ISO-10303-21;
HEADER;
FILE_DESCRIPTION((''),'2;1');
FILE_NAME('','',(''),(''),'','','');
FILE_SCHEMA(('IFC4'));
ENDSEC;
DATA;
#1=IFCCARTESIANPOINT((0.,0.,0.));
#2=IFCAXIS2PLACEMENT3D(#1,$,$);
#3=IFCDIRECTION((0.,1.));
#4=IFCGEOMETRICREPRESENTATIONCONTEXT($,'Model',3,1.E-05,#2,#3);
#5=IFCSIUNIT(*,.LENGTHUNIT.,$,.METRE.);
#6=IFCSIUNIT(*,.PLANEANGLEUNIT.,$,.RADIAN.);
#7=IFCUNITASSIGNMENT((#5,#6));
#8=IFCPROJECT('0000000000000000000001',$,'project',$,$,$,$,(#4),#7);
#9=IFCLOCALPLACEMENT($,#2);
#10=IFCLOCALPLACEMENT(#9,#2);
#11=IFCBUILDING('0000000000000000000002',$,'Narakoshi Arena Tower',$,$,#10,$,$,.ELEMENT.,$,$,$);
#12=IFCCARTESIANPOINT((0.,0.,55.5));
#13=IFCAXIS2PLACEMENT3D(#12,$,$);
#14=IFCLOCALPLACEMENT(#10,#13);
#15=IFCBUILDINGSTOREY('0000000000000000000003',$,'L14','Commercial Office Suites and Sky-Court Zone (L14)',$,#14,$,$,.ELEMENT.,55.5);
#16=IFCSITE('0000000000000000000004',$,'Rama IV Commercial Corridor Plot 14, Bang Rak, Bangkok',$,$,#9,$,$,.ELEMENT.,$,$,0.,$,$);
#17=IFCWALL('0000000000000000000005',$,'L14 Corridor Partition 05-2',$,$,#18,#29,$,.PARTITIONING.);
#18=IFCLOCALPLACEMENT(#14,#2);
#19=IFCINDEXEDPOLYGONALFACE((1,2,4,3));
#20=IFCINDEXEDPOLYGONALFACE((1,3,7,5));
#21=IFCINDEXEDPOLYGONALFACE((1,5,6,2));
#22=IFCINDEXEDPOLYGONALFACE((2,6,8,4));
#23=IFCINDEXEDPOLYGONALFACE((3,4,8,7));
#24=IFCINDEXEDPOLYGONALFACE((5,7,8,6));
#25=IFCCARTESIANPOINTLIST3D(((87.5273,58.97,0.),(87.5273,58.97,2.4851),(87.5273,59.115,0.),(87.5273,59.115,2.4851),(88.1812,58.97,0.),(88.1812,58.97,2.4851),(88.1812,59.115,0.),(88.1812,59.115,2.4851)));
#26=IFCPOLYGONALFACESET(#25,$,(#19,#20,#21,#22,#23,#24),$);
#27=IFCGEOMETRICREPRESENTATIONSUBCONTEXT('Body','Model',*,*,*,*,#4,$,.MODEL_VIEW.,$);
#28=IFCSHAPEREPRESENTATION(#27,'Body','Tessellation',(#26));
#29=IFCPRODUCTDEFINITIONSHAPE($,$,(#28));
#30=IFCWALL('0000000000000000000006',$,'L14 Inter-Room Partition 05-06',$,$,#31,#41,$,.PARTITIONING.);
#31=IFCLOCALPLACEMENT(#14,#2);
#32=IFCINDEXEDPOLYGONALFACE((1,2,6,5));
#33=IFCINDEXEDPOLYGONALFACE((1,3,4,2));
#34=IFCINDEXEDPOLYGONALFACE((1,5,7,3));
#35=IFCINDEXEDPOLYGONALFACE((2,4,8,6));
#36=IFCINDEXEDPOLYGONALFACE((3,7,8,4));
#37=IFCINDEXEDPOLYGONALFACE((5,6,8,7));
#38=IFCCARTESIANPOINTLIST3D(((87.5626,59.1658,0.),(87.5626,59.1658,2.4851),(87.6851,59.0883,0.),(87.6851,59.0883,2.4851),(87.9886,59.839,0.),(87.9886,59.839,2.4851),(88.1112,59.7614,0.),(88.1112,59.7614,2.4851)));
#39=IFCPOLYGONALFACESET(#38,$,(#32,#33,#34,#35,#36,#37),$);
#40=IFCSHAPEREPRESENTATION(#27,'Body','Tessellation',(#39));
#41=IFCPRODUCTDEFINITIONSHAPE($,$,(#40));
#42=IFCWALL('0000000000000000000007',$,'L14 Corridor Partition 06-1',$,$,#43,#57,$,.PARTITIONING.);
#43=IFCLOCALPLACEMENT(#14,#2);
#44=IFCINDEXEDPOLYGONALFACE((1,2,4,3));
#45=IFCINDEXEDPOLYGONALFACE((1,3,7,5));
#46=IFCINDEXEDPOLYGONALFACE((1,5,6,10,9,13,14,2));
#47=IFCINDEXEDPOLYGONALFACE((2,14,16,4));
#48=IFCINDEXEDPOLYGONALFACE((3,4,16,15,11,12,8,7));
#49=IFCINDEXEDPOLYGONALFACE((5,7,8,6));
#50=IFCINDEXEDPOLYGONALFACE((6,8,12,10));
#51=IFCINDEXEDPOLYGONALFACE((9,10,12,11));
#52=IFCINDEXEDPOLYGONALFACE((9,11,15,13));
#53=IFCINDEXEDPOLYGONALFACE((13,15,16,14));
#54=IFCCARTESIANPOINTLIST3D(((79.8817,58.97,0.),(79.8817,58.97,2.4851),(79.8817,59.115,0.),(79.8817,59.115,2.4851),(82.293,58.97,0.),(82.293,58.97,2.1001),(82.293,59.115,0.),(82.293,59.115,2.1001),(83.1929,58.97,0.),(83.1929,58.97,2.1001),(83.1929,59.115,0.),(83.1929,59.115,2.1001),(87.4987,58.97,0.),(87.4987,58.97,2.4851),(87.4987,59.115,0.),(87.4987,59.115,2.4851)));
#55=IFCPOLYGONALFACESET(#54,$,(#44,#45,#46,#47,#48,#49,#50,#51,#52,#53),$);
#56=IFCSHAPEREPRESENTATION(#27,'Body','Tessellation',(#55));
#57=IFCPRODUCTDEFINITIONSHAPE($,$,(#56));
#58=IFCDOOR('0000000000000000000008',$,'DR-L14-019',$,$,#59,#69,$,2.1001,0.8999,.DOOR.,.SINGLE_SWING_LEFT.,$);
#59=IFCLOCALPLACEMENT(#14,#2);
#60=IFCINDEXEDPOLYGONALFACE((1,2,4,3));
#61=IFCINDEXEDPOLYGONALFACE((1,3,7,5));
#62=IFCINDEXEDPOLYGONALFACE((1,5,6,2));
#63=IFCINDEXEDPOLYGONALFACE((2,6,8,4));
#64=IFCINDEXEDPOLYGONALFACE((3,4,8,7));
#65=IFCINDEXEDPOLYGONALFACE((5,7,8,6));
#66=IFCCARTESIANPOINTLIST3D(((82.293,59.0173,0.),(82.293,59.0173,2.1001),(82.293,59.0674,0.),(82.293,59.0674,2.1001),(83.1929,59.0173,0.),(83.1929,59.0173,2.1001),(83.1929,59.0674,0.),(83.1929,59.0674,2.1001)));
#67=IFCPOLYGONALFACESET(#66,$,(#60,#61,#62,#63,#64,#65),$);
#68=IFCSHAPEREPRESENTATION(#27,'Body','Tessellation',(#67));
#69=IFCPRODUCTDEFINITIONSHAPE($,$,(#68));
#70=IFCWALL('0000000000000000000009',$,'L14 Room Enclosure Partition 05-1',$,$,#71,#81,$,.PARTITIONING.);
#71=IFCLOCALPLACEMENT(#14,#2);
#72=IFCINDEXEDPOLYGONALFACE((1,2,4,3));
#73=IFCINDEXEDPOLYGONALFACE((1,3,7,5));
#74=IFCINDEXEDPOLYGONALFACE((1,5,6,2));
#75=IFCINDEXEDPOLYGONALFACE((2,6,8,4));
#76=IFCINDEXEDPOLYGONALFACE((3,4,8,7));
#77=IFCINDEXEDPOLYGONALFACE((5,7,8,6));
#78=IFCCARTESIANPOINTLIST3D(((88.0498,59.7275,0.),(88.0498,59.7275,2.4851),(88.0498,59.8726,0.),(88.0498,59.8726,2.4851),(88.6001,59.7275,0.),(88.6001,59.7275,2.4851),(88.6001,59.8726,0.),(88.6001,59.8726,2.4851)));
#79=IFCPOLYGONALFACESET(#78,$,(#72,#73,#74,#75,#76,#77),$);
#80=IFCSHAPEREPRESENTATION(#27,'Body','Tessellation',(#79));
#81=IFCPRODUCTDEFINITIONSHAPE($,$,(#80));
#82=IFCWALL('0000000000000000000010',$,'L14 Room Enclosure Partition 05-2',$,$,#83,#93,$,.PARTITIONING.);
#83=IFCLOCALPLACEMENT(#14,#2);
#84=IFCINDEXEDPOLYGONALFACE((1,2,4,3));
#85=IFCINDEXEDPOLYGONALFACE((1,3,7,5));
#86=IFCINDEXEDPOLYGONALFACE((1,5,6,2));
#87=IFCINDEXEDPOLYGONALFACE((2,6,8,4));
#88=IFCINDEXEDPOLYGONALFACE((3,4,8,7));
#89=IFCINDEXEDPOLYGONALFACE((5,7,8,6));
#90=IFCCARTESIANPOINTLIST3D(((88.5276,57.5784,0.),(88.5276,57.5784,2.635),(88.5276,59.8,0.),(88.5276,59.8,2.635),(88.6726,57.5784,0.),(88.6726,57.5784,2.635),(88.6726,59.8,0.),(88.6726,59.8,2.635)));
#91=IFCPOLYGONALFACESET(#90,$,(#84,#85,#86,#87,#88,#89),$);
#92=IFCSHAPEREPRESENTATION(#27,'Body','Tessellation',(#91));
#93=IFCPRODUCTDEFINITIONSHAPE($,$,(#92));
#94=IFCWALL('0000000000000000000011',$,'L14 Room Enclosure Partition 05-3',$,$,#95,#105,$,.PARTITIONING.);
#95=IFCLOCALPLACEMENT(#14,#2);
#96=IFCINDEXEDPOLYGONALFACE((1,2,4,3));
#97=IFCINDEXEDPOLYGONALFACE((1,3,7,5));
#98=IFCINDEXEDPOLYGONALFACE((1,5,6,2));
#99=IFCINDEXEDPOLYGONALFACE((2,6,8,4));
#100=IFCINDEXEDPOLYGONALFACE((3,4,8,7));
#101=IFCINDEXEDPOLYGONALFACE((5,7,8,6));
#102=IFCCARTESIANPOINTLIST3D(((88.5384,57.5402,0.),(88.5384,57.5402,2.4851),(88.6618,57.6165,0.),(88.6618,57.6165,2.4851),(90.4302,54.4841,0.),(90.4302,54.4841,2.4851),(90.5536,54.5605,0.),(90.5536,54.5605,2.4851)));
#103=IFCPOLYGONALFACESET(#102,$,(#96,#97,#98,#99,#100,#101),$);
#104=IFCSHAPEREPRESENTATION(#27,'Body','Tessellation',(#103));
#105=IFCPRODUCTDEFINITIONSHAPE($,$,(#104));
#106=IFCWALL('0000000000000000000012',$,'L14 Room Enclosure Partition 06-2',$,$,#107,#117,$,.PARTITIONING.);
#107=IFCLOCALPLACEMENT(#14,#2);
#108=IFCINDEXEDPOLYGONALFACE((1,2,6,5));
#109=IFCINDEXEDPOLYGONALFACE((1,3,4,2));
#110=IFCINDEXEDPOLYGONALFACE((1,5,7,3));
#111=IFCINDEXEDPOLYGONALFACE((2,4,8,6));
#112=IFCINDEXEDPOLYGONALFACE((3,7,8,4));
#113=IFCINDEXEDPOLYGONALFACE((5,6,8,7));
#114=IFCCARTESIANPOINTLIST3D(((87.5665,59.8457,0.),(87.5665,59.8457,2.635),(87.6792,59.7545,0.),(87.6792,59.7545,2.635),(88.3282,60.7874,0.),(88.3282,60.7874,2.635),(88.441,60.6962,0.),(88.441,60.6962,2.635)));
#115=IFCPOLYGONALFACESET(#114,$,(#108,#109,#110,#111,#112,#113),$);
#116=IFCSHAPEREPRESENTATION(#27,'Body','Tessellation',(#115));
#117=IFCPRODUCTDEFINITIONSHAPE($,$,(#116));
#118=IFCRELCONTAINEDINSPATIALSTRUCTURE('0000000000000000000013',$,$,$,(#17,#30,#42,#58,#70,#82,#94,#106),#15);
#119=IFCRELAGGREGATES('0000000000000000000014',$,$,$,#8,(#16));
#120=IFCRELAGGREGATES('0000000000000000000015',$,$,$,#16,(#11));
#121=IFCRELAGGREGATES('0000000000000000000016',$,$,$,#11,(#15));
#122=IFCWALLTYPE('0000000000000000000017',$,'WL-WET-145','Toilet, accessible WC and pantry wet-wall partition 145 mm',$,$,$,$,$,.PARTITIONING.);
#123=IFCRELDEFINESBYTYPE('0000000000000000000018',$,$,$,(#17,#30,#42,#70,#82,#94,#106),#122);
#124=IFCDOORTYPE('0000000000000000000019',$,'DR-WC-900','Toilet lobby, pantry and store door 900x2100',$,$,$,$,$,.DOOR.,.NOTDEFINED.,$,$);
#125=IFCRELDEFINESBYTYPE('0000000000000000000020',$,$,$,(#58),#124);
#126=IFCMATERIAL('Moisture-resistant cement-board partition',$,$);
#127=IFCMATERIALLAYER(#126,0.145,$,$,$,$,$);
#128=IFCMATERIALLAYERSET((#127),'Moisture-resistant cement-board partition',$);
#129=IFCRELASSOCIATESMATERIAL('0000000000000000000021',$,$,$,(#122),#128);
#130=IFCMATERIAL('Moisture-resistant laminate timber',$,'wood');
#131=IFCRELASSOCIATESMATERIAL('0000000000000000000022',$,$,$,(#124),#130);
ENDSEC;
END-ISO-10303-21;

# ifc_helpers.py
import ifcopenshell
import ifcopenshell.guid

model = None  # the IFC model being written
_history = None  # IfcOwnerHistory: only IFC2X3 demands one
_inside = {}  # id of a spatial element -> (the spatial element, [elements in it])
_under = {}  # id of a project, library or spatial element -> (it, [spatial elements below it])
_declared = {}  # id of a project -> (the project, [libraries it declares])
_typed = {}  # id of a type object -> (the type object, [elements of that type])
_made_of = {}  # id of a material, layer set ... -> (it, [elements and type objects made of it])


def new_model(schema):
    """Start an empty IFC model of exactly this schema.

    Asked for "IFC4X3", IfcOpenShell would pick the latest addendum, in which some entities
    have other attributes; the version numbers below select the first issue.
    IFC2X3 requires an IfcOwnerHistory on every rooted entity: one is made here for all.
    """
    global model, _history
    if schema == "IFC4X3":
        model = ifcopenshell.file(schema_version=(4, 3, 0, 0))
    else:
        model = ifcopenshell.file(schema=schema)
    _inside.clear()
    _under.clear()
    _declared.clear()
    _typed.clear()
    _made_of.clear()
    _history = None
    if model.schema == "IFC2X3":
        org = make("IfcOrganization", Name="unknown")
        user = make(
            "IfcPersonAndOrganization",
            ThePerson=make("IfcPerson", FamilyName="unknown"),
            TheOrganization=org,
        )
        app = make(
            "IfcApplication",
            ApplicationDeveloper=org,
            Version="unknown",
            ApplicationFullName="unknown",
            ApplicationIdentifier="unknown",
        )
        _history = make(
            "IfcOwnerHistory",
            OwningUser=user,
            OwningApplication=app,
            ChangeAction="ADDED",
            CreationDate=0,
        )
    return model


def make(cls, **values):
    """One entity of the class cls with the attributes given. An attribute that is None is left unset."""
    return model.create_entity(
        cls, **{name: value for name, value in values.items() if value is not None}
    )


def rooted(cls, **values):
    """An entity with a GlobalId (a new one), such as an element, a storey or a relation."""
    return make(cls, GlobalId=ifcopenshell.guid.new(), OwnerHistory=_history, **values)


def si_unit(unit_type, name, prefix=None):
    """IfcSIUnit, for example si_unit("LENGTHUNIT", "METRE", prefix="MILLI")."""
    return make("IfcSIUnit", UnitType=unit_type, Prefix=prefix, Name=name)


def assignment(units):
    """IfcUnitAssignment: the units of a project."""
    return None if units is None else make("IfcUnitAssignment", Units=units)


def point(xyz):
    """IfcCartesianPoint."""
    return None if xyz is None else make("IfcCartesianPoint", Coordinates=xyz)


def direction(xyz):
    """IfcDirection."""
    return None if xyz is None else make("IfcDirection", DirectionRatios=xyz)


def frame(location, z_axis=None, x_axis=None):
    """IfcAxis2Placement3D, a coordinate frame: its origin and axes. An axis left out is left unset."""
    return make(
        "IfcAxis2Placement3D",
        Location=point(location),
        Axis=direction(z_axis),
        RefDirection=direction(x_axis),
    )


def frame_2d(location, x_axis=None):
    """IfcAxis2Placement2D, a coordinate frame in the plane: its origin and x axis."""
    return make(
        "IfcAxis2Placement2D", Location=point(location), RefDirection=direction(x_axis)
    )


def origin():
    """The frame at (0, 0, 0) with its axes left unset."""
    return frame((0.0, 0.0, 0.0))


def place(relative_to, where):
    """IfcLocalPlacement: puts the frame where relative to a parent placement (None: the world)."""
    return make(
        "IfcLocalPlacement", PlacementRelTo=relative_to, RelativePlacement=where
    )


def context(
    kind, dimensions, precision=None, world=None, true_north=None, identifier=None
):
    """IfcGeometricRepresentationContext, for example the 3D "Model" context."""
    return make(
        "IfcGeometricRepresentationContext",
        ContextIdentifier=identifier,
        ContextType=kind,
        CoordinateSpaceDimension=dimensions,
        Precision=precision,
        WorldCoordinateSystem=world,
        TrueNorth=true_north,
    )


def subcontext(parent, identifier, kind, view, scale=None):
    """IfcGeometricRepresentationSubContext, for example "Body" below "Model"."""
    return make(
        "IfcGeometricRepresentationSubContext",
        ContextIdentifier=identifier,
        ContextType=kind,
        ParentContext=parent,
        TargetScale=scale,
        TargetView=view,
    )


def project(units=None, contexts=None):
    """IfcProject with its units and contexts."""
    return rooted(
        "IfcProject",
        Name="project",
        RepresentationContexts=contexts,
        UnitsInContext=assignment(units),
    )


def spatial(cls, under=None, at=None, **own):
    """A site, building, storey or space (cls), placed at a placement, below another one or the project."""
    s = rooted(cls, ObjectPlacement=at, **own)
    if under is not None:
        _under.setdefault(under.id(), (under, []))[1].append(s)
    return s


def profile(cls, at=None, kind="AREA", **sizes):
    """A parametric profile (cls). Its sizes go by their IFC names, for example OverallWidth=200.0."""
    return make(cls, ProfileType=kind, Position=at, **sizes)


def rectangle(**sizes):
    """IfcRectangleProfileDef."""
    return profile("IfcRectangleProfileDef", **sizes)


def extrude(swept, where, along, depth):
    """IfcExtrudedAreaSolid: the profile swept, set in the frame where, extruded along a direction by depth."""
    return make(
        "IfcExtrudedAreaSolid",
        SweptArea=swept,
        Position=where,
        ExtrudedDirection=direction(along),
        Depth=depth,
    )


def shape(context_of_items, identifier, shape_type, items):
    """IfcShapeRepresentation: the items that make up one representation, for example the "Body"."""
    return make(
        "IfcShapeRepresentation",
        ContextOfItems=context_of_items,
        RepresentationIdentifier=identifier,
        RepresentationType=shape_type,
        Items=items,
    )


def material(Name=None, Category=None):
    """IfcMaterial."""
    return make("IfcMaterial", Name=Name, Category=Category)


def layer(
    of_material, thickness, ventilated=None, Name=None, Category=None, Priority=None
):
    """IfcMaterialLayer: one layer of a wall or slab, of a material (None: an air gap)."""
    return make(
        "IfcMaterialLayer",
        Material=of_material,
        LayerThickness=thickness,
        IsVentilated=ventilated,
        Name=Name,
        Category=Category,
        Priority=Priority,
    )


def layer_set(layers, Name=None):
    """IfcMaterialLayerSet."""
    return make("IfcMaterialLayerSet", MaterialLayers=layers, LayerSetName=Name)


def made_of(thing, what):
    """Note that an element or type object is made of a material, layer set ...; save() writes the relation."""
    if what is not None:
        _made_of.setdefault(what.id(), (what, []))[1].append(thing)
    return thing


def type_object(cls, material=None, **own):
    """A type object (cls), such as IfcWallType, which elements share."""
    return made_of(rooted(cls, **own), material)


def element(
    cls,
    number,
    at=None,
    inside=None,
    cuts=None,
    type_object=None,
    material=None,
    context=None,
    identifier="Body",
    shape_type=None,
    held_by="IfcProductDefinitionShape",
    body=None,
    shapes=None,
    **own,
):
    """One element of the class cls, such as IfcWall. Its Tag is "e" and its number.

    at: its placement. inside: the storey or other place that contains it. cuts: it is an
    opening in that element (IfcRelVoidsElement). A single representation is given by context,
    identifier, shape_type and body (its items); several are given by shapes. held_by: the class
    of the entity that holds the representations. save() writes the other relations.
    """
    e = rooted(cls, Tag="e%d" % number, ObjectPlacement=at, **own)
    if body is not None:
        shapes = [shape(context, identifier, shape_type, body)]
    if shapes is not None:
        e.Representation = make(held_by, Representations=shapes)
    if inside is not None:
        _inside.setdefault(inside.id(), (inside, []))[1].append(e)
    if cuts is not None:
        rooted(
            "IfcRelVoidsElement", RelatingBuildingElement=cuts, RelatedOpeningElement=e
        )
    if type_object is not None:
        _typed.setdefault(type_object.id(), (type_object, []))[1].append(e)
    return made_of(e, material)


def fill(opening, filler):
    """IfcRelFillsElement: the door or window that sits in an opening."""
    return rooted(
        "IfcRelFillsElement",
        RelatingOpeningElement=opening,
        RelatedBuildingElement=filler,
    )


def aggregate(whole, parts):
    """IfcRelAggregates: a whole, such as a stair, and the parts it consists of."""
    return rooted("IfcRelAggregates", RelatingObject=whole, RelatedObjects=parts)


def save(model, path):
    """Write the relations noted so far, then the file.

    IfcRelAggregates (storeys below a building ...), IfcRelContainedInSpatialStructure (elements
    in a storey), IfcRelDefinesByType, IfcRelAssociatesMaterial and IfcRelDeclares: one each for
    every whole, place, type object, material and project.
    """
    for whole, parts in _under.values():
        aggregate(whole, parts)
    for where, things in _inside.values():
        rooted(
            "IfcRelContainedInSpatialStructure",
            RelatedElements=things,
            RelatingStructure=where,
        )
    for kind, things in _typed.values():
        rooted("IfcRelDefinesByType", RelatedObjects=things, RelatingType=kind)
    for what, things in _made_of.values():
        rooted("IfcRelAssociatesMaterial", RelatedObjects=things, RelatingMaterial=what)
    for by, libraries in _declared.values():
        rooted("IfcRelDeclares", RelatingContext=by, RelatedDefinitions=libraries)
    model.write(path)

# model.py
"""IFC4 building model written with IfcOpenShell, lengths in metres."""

from ifc_helpers import new_model, si_unit, direction, frame, frame_2d, origin, place, context, subcontext, project, spatial, rectangle, extrude, material, layer, layer_set, type_object, element, fill, save


model = new_model("IFC4")

# Units and contexts
model_context = context("Model", 3, precision=1e-05, world=origin(), true_north=direction((0.0, 1.0)))
body_context = subcontext(model_context, "Body", "Model", "MODEL_VIEW")
ifc_project = project(units=[si_unit("LENGTHUNIT", "METRE"), si_unit("PLANEANGLEUNIT", "RADIAN")], contexts=[model_context])

# Site, building, storey
site_placement = place(None, origin())
site = spatial("IfcSite", under=ifc_project, at=site_placement, Name="Rama IV Commercial Corridor Plot 14, Bang Rak, Bangkok", CompositionType="ELEMENT", RefElevation=0.0)
building_placement = place(site_placement, origin())
building = spatial("IfcBuilding", under=site, at=building_placement, Name="Narakoshi Arena Tower", CompositionType="ELEMENT")
storey_placement = place(building_placement, frame((0.0, 0.0, 55.5)))
storey = spatial("IfcBuildingStorey", under=building, at=storey_placement, Name="L14", Description="Commercial Office Suites and Sky-Court Zone (L14)", CompositionType="ELEMENT", Elevation=55.5)

# Walls
ifc_material_1 = material(Name="Moisture-resistant cement-board partition")
ifc_layer_1 = layer(ifc_material_1, 0.145)
ifc_layer_set_1 = layer_set([ifc_layer_1], Name="Moisture-resistant cement-board partition")
wall_type = type_object("IfcWallType", Name="WL-WET-145", Description="Toilet, accessible WC and pantry wet-wall partition 145 mm", PredefinedType="PARTITIONING", material=ifc_layer_set_1)
wall_1_placement = place(storey_placement, frame((88.1812, 59.0425, 0.0), z_axis=(0.0, 0.0, 1.0), x_axis=(-1.0, 0.0, 0.0)))
element("IfcWall", 1, at=wall_1_placement, inside=storey, type_object=wall_type, Name="L14 Corridor Partition 05-2", PredefinedType="PARTITIONING", context=body_context, shape_type="SweptSolid", body=[
    extrude(rectangle(XDim=0.6538, YDim=0.145, at=frame_2d((0.3269, 0.0))), origin(), (0.0, 0.0, 1.0), 2.4851),
])
wall_2_placement = place(storey_placement, frame((87.6238, 59.127, 0.0), z_axis=(0.0, 0.0, 1.0), x_axis=(0.534811, 0.844971, 0.0)))
element("IfcWall", 2, at=wall_2_placement, inside=storey, type_object=wall_type, Name="L14 Inter-Room Partition 05-06", PredefinedType="PARTITIONING", context=body_context, shape_type="SweptSolid", body=[
    extrude(rectangle(XDim=0.7966, YDim=0.145, at=frame_2d((0.3984, 0.0))), origin(), (0.0, 0.0, 1.0), 2.4851),
])

# Wall, opening, door
wall_3_placement = place(storey_placement, frame((87.4988, 59.0425, 0.0), z_axis=(0.0, 0.0, 1.0), x_axis=(-1.0, 0.0, 0.0)))
wall_3 = element("IfcWall", 3, at=wall_3_placement, inside=storey, type_object=wall_type, Name="L14 Corridor Partition 06-1", PredefinedType="PARTITIONING", context=body_context, shape_type="SweptSolid", body=[
    extrude(rectangle(XDim=7.6169, YDim=0.145, at=frame_2d((3.8086, 0.0))), origin(), (0.0, 0.0, 1.0), 2.4851),
])
opening_placement = place(wall_3_placement, frame((4.3059, 0.0, 0.0)))
opening = element("IfcOpeningElement", 4, at=opening_placement, cuts=wall_3, PredefinedType="OPENING", context=body_context, shape_type="SweptSolid", body=[
    extrude(rectangle(XDim=0.8999, YDim=2.1001, at=frame_2d((0.45, 1.05))), frame((0.0, 0.0825, 0.0), z_axis=(0.0, -1.0, 0.0), x_axis=(1.0, 0.0, 0.0)), (0.0, 0.0, 1.0), 0.165),
])
ifc_material_2 = material(Name="Moisture-resistant laminate timber", Category="wood")
door_type = type_object("IfcDoorType", Name="DR-WC-900", Description="Toilet lobby, pantry and store door 900x2100", OperationType="NOTDEFINED", PredefinedType="DOOR", material=ifc_material_2)
door_placement = place(opening_placement, frame((0.8999, 0.0, 0.0), z_axis=(0.0, 0.0, 1.0), x_axis=(-1.0, 0.0, 0.0)))
door = element("IfcDoor", 5, at=door_placement, inside=storey, type_object=door_type, Name="DR-L14-019", OperationType="SINGLE_SWING_LEFT", OverallHeight=2.1001, OverallWidth=0.8999, PredefinedType="DOOR", context=body_context, shape_type="SweptSolid", body=[
    extrude(rectangle(XDim=0.8999, YDim=2.1001, at=frame_2d((0.45, 1.05))), frame((0.0, 0.0249, 0.0), z_axis=(0.0, -1.0, 0.0), x_axis=(1.0, 0.0, 0.0)), (0.0, 0.0, 1.0), 0.05),
])
fill(opening, door)

# Walls
wall_4_placement = place(storey_placement, frame((88.0498, 59.8, 0.0), z_axis=(0.0, 0.0, 1.0), x_axis=(1.0, 0.0, 0.0)))
element("IfcWall", 6, at=wall_4_placement, inside=storey, type_object=wall_type, Name="L14 Room Enclosure Partition 05-1", PredefinedType="PARTITIONING", context=body_context, shape_type="SweptSolid", body=[
    extrude(rectangle(XDim=0.5503, YDim=0.145, at=frame_2d((0.2751, 0.0))), origin(), (0.0, 0.0, 1.0), 2.4851),
])
wall_5_placement = place(storey_placement, frame((88.6001, 59.8, 0.0), z_axis=(0.0, 0.0, 1.0), x_axis=(0.0, -1.0, 0.0)))
element("IfcWall", 7, at=wall_5_placement, inside=storey, type_object=wall_type, Name="L14 Room Enclosure Partition 05-2", PredefinedType="PARTITIONING", context=body_context, shape_type="SweptSolid", body=[
    extrude(rectangle(XDim=2.2217, YDim=0.145, at=frame_2d((1.1108, 0.0))), origin(), (0.0, 0.0, 1.0), 2.635),
])
wall_6_placement = place(storey_placement, frame((88.6001, 57.5784, 0.0), z_axis=(0.0, 0.0, 1.0), x_axis=(0.526343, -0.850272, 0.0)))
element("IfcWall", 8, at=wall_6_placement, inside=storey, type_object=wall_type, Name="L14 Room Enclosure Partition 05-3", PredefinedType="PARTITIONING", context=body_context, shape_type="SweptSolid", body=[
    extrude(rectangle(XDim=3.5942, YDim=0.145, at=frame_2d((1.7971, 0.0))), origin(), (0.0, 0.0, 1.0), 2.4851),
])
wall_7_placement = place(storey_placement, frame((88.3845, 60.7417, 0.0), z_axis=(0.0, 0.0, 1.0), x_axis=(-0.628914, -0.777475, 0.0)))
element("IfcWall", 9, at=wall_7_placement, inside=storey, type_object=wall_type, Name="L14 Room Enclosure Partition 06-2", PredefinedType="PARTITIONING", context=body_context, shape_type="SweptSolid", body=[
    extrude(rectangle(XDim=1.2112, YDim=0.145, at=frame_2d((0.6055, 0.0))), origin(), (0.0, 0.0, 1.0), 2.635),
])

save(model, "model.ifc")
